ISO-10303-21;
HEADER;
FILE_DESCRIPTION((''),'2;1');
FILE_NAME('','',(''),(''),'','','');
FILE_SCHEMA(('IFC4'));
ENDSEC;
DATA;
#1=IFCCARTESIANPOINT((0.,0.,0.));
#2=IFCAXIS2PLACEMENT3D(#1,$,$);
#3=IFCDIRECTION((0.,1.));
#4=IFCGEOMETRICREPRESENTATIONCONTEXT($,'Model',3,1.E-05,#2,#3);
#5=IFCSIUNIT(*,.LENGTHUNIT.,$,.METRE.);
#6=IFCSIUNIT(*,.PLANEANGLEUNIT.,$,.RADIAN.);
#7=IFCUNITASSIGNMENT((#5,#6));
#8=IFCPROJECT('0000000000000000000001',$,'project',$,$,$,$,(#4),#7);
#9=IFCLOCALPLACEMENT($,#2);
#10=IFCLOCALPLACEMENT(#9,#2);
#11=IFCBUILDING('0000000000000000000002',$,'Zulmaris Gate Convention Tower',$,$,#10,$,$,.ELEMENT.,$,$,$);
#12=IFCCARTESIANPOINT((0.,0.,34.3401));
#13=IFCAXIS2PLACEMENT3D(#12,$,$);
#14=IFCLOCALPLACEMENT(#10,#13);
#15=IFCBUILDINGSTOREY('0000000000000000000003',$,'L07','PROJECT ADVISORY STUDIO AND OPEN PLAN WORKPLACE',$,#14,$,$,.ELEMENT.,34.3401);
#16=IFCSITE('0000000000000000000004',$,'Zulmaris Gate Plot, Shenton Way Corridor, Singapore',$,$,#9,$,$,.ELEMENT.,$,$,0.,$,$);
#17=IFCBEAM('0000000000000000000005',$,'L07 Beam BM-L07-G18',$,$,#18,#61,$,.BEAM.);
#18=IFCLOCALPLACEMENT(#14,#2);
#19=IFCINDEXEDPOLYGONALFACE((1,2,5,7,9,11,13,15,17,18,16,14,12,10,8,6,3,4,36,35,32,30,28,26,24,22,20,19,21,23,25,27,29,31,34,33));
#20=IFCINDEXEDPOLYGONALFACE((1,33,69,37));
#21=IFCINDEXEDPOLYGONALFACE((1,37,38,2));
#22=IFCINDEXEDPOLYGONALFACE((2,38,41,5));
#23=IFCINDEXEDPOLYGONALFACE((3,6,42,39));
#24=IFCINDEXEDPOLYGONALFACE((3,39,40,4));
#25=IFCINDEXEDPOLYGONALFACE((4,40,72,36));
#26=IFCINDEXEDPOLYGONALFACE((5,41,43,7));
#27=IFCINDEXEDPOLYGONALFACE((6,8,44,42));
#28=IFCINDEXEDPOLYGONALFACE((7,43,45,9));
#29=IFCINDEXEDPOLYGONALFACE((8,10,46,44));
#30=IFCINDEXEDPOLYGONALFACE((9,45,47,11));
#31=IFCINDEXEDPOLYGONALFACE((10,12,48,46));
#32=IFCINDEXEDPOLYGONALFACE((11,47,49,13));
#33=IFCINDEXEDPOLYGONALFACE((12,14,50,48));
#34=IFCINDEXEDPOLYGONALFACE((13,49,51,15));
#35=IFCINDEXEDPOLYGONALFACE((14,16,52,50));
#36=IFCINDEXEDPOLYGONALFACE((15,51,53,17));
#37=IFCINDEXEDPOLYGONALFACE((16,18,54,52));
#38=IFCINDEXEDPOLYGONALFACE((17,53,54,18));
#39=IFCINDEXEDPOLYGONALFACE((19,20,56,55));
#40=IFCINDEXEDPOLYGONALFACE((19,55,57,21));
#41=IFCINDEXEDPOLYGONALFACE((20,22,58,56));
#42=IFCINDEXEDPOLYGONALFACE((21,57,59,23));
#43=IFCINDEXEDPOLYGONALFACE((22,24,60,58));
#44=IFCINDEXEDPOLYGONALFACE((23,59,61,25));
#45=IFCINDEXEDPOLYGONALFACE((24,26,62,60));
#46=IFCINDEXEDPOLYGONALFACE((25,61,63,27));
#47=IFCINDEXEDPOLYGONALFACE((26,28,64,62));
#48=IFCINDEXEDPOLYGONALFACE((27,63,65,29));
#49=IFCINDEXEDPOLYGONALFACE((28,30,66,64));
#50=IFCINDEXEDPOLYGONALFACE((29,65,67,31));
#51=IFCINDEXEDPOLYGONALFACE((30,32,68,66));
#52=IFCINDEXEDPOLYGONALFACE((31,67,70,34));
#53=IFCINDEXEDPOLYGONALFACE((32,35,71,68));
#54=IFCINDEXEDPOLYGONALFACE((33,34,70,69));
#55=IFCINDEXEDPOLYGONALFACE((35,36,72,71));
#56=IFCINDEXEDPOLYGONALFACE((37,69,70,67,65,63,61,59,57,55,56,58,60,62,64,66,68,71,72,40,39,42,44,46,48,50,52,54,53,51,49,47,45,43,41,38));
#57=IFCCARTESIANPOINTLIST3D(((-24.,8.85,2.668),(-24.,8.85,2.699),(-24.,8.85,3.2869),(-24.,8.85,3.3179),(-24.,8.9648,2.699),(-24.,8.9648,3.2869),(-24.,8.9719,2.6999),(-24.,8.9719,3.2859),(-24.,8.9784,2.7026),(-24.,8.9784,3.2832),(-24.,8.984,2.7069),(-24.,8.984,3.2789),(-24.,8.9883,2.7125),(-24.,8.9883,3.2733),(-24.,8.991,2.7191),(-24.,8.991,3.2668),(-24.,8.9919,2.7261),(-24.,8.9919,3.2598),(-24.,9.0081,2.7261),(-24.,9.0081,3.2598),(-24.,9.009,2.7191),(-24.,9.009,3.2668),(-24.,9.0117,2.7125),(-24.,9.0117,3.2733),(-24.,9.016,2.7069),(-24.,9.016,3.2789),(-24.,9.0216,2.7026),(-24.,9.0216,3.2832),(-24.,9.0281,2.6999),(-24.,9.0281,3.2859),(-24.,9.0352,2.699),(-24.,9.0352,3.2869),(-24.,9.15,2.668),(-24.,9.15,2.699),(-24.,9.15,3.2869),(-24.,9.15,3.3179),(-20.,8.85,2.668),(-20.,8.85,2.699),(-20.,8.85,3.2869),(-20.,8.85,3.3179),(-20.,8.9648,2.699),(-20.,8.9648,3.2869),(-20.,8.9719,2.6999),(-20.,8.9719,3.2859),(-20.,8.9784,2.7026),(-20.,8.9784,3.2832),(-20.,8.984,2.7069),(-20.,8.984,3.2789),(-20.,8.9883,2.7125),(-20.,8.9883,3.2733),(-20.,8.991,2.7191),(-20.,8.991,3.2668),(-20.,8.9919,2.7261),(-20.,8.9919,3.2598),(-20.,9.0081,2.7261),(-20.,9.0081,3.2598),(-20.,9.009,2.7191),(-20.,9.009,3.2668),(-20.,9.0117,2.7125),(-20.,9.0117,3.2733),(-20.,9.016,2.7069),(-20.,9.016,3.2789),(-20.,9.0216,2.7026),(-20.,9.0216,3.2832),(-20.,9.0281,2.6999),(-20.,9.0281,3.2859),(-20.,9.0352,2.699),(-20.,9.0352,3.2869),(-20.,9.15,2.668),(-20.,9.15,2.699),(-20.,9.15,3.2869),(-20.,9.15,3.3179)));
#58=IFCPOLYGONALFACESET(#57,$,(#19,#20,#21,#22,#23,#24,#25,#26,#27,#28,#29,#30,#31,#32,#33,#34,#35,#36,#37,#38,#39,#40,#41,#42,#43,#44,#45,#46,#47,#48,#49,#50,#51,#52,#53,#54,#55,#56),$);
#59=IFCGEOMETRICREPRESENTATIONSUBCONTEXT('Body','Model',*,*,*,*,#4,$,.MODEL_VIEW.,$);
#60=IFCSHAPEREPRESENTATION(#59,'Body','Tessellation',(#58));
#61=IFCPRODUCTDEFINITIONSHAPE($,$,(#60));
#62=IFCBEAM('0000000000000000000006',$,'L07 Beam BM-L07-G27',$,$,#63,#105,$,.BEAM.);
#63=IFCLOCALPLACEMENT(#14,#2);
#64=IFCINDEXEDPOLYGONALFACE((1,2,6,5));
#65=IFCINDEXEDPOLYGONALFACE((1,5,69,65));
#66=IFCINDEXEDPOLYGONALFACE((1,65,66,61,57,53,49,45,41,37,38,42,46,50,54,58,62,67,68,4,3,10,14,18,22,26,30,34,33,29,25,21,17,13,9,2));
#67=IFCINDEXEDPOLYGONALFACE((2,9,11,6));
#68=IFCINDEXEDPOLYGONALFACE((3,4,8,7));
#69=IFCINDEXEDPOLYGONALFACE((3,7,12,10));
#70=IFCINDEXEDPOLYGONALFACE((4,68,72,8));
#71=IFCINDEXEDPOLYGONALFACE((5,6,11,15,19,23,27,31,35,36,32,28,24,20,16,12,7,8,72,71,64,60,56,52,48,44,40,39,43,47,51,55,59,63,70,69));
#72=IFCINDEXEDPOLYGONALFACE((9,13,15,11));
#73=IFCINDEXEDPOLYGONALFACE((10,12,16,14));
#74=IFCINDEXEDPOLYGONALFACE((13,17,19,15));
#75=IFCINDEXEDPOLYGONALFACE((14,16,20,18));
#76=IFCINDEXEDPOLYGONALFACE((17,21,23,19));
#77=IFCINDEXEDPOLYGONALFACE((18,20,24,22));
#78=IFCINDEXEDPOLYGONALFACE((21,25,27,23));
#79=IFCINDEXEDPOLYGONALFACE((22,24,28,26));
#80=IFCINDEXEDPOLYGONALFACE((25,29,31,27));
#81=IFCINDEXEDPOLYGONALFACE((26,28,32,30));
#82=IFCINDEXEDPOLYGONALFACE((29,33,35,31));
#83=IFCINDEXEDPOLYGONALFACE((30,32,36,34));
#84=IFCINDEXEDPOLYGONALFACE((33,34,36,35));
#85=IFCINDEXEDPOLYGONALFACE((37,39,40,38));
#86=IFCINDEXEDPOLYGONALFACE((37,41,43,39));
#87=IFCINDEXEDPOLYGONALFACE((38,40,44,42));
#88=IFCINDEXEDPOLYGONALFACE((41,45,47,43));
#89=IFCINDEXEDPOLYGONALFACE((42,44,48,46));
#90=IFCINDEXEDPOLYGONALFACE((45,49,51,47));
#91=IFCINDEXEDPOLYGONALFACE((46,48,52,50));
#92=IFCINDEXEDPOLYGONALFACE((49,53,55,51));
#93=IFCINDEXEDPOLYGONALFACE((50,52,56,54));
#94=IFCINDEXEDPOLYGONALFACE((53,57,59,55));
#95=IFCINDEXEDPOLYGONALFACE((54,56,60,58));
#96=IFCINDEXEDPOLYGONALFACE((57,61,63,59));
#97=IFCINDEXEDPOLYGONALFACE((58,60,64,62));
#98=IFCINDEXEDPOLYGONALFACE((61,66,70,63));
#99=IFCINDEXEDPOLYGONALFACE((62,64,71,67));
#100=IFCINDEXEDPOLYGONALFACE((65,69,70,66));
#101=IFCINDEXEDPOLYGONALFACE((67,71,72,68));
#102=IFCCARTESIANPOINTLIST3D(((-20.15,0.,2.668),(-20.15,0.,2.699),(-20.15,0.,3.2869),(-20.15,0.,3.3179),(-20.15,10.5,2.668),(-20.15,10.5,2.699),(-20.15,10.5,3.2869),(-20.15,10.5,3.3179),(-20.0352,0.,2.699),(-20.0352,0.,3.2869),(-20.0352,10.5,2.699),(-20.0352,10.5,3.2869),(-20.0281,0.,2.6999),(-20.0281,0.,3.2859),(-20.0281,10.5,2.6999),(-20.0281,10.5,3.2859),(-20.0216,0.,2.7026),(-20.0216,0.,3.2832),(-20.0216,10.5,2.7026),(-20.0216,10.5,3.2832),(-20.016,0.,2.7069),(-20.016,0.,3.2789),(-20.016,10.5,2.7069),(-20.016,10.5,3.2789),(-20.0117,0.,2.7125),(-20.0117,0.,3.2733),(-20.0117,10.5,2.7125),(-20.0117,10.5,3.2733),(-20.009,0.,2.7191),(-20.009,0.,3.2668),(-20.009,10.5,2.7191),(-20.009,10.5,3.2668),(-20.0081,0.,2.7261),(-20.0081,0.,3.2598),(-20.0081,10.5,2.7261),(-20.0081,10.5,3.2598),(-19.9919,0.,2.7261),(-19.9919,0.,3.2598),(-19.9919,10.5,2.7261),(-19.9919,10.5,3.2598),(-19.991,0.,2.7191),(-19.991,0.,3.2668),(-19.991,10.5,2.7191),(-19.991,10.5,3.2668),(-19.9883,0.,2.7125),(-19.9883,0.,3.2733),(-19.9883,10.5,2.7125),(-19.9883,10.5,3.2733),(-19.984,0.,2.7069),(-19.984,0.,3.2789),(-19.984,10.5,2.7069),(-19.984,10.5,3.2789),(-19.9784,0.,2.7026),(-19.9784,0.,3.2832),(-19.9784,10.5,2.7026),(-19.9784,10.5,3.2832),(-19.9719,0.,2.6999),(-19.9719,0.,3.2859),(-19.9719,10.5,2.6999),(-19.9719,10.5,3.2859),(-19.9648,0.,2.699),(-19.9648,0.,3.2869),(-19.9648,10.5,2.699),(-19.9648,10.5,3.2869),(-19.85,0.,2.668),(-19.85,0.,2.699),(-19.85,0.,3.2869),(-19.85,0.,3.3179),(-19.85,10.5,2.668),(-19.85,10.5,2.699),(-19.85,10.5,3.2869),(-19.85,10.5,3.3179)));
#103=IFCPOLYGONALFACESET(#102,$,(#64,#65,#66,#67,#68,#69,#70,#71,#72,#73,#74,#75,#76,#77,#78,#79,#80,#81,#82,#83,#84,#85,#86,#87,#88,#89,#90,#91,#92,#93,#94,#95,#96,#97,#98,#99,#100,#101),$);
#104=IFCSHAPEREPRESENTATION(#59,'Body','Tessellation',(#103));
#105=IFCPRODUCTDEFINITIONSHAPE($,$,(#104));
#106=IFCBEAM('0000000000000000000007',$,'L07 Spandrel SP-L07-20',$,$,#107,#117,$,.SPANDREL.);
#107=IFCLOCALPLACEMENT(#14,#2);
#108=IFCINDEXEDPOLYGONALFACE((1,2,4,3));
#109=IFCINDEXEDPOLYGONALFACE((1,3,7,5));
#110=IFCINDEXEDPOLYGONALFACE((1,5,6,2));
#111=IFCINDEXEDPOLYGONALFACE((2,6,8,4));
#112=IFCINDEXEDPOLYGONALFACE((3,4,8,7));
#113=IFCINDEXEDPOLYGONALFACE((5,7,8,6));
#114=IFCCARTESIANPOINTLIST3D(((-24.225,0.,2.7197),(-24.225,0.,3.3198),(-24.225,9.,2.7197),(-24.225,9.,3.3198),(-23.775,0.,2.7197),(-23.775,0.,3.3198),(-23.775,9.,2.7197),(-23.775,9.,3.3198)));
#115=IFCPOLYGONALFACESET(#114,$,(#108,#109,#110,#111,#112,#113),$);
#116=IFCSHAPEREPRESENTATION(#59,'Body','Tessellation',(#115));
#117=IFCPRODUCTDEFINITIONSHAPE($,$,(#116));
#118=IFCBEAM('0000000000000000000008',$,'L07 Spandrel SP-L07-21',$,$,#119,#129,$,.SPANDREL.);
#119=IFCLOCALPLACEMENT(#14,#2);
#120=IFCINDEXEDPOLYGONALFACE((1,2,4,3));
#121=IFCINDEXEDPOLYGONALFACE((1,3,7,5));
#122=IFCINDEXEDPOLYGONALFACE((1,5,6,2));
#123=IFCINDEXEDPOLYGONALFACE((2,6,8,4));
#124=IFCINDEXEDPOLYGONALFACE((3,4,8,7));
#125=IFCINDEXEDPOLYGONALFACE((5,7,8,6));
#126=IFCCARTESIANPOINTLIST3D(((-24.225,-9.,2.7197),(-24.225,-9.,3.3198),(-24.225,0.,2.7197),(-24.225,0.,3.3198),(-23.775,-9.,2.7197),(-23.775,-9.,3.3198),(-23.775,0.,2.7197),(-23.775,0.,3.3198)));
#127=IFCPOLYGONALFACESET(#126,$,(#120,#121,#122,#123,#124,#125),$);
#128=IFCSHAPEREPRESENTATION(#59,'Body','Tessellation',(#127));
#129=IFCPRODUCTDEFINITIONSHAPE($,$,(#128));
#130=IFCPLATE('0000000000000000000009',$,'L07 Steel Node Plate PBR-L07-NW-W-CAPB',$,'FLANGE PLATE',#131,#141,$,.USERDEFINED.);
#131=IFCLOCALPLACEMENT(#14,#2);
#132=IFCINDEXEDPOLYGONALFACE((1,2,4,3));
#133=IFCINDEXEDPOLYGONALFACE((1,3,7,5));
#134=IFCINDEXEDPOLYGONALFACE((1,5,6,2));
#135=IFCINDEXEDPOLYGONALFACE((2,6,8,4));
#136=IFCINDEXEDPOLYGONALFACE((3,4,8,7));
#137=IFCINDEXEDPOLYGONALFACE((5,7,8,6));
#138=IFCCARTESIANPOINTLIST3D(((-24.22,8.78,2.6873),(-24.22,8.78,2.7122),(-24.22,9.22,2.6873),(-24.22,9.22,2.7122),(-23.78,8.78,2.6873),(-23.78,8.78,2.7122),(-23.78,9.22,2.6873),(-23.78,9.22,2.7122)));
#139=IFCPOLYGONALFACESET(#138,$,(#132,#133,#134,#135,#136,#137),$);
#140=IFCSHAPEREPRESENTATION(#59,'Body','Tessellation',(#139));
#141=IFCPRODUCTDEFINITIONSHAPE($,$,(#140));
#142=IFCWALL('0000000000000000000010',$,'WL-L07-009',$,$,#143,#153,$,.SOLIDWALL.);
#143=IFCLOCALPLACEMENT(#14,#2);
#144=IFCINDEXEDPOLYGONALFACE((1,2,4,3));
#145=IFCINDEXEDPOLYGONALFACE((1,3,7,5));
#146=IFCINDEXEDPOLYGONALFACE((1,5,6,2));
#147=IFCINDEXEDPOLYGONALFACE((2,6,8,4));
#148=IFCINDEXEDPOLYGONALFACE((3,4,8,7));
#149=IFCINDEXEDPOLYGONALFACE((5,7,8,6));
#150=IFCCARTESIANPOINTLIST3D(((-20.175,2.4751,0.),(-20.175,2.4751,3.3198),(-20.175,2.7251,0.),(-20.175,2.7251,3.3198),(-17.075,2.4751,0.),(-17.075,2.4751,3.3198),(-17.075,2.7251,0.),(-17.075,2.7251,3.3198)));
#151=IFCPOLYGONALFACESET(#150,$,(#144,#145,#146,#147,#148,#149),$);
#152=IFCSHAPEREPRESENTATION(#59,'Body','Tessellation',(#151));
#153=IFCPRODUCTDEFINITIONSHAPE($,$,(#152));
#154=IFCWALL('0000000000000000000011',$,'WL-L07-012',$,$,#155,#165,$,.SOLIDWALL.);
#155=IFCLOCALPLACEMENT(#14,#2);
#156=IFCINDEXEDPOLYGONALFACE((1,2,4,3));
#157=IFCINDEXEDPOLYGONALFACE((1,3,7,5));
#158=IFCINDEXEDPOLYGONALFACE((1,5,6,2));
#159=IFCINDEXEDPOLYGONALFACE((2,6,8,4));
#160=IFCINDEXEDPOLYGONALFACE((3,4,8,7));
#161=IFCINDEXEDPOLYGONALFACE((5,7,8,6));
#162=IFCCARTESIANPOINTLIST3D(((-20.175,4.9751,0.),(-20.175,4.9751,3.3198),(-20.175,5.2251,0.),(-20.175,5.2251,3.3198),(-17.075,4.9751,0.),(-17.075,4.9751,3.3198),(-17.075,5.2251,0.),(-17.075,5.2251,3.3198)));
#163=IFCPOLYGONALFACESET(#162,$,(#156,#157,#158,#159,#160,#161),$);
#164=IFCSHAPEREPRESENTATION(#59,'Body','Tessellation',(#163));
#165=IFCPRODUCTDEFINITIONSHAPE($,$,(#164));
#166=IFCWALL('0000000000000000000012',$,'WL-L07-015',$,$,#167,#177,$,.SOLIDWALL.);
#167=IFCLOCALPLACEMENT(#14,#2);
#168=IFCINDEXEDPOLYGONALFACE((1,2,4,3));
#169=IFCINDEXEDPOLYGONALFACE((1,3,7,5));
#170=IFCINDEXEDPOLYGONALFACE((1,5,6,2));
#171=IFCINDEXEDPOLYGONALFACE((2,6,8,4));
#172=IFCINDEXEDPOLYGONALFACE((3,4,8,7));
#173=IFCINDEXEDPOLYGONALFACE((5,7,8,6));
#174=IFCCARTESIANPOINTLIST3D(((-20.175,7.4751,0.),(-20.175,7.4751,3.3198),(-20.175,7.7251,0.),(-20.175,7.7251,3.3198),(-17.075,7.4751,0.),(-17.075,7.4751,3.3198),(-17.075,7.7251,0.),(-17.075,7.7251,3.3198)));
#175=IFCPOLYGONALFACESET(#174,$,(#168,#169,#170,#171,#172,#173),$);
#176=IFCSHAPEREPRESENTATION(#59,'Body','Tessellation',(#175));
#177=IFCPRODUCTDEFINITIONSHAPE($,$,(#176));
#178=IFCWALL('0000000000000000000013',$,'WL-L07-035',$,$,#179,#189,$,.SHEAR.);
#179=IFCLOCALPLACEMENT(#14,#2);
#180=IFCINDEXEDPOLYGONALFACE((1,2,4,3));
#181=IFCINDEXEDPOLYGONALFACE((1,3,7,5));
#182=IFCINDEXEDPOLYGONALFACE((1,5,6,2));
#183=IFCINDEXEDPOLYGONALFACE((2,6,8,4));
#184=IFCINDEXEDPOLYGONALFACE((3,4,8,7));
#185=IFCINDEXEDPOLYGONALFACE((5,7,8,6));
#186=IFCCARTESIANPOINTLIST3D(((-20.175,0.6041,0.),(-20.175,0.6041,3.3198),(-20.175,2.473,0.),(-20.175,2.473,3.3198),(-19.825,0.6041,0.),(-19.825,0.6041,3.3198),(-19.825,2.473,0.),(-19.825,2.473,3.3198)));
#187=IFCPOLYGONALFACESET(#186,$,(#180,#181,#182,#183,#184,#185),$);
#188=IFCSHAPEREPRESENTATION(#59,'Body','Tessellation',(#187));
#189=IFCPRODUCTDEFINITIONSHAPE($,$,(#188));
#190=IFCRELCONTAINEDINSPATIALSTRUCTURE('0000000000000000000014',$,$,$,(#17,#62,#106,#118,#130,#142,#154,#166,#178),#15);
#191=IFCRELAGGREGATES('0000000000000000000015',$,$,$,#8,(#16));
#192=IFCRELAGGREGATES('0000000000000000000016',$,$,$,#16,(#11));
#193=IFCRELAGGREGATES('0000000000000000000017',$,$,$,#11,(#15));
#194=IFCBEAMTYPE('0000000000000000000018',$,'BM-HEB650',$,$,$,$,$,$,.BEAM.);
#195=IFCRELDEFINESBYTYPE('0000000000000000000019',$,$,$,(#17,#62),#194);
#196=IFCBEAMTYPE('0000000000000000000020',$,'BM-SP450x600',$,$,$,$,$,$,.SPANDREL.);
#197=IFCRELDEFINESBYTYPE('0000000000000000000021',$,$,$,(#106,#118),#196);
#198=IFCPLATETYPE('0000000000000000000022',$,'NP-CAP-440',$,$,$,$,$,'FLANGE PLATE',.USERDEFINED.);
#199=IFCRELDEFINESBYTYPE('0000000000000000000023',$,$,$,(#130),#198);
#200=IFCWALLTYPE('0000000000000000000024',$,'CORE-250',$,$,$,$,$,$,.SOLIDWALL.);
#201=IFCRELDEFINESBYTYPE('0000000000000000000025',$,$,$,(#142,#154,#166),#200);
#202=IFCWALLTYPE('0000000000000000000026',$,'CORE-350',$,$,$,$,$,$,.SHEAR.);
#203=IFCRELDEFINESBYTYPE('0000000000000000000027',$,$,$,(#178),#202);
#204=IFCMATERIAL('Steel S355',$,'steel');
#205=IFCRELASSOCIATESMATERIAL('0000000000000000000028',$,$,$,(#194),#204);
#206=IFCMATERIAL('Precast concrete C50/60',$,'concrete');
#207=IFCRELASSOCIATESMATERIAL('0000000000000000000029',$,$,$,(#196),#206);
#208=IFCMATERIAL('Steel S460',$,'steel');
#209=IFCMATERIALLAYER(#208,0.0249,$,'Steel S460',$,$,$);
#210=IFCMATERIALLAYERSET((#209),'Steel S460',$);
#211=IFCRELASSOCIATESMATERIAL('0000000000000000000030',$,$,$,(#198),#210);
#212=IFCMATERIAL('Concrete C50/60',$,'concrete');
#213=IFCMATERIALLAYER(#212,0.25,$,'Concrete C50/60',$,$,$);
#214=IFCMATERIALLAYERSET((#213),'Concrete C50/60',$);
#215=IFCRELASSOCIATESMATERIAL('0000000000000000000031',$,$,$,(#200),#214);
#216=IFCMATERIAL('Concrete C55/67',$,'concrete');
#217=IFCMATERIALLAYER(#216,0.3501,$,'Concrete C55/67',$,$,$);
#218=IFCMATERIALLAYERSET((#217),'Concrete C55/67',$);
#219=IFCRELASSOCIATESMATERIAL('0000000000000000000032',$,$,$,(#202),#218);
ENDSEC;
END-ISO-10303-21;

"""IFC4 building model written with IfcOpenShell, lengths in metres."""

from ifc_helpers import new_model, si_unit, direction, frame, frame_2d, origin, origin_2d, place, context, subcontext, project, spatial, rectangle, i_section, extrude, material, layer, layer_set, material_profile, profile_set, type_object, element, save


model = new_model("IFC4")

# Units and contexts
model_context = context("Model", 3, precision=1e-05, world=origin(), true_north=direction((0.0, 1.0)))
body_context = subcontext(model_context, "Body", "Model", "MODEL_VIEW")
ifc_project = project(units=[si_unit("LENGTHUNIT", "METRE"), si_unit("PLANEANGLEUNIT", "RADIAN")], contexts=[model_context])

# Site, building, storey
site_placement = place(None, origin())
site = spatial("IfcSite", under=ifc_project, at=site_placement, Name="Zulmaris Gate Plot, Shenton Way Corridor, Singapore", CompositionType="ELEMENT", RefElevation=0.0)
building_placement = place(site_placement, origin())
building = spatial("IfcBuilding", under=site, at=building_placement, Name="Zulmaris Gate Convention Tower", CompositionType="ELEMENT")
storey_placement = place(building_placement, frame((0.0, 0.0, 34.3401)))
storey = spatial("IfcBuildingStorey", under=building, at=storey_placement, Name="L07", Description="PROJECT ADVISORY STUDIO AND OPEN PLAN WORKPLACE", CompositionType="ELEMENT", Elevation=34.3401)

# Beams
ifc_material_1 = material(Name="Steel S355", Category="steel")
ifc_material_profile_1 = material_profile(ifc_material_1, i_section(OverallWidth=0.3, OverallDepth=0.6499, WebThickness=0.0161, FlangeThickness=0.031, FilletRadius=0.0271, at=origin_2d()), Name="HEB 650")
ifc_profile_set_1 = profile_set([ifc_material_profile_1], Name="Steel S355")
beam_type_1 = type_object("IfcBeamType", Name="BM-HEB650", PredefinedType="BEAM", material=ifc_profile_set_1)
for number, where, z_axis, x_axis, name in (
    (1, (-24.0, 9.0, 2.9929), (1.0, 0.0, 0.0), (0.0, 1.0, 0.0), "L07 Beam BM-L07-G18"),
):
    element("IfcBeam", number, at=place(storey_placement, frame(where, z_axis=z_axis, x_axis=x_axis)), inside=storey, type_object=beam_type_1, Name=name, PredefinedType="BEAM", context=body_context, shape_type="SweptSolid", body=[
        extrude(i_section(OverallWidth=0.3, OverallDepth=0.6499, WebThickness=0.0161, FlangeThickness=0.031, FilletRadius=0.0271, at=origin_2d()), origin(), (0.0, 0.0, 1.0), 4.0),
    ])
beam_placement = place(storey_placement, frame((-20.0, 0.0, 2.9929), z_axis=(0.0, 1.0, 0.0), x_axis=(-1.0, 0.0, 0.0)))
element("IfcBeam", 2, at=beam_placement, inside=storey, type_object=beam_type_1, Name="L07 Beam BM-L07-G27", PredefinedType="BEAM", context=body_context, shape_type="SweptSolid", body=[
    extrude(i_section(OverallWidth=0.3, OverallDepth=0.6499, WebThickness=0.0161, FlangeThickness=0.031, FilletRadius=0.0271, at=origin_2d()), origin(), (0.0, 0.0, 1.0), 10.5),
])
ifc_material_2 = material(Name="Precast concrete C50/60", Category="concrete")
ifc_material_profile_2 = material_profile(ifc_material_2, rectangle(XDim=0.45, YDim=0.6001, at=origin_2d()), Name="RC SPANDREL 450x600")
ifc_profile_set_2 = profile_set([ifc_material_profile_2], Name="Precast concrete C50/60")
beam_type_2 = type_object("IfcBeamType", Name="BM-SP450x600", PredefinedType="SPANDREL", material=ifc_profile_set_2)
for number, where, z_axis, x_axis, name in (
    (3, (-24.0, 9.0, 3.0198), (0.0, -1.0, 0.0), (1.0, 0.0, 0.0), "L07 Spandrel SP-L07-20"),
    (4, (-24.0, 0.0, 3.0198), (0.0, -1.0, 0.0), (1.0, 0.0, 0.0), "L07 Spandrel SP-L07-21"),
):
    element("IfcBeam", number, at=place(storey_placement, frame(where, z_axis=z_axis, x_axis=x_axis)), inside=storey, type_object=beam_type_2, Name=name, PredefinedType="SPANDREL", context=body_context, shape_type="SweptSolid", body=[
        extrude(rectangle(XDim=0.45, YDim=0.6001, at=origin_2d()), origin(), (0.0, 0.0, 1.0), 9.0),
    ])

# Plate
ifc_material_3 = material(Name="Steel S460", Category="steel")
ifc_layer_1 = layer(ifc_material_3, 0.0249, Name="Steel S460")
ifc_layer_set_1 = layer_set([ifc_layer_1], Name="Steel S460")
plate_type = type_object("IfcPlateType", Name="NP-CAP-440", ElementType="FLANGE PLATE", PredefinedType="USERDEFINED", material=ifc_layer_set_1)
plate_placement = place(storey_placement, frame((-24.0, 9.0, 2.6873), z_axis=(0.0, 0.0, 1.0), x_axis=(1.0, 0.0, 0.0)))
element("IfcPlate", 5, at=plate_placement, inside=storey, type_object=plate_type, Name="L07 Steel Node Plate PBR-L07-NW-W-CAPB", ObjectType="FLANGE PLATE", PredefinedType="USERDEFINED", context=body_context, shape_type="SweptSolid", body=[
    extrude(rectangle(XDim=0.4399, YDim=0.4399, at=origin_2d()), origin(), (0.0, 0.0, 1.0), 0.0249),
])

# Walls
ifc_material_4 = material(Name="Concrete C50/60", Category="concrete")
ifc_layer_2 = layer(ifc_material_4, 0.25, Name="Concrete C50/60")
ifc_layer_set_2 = layer_set([ifc_layer_2], Name="Concrete C50/60")
wall_type_1 = type_object("IfcWallType", Name="CORE-250", PredefinedType="SOLIDWALL", material=ifc_layer_set_2)
for number, where, z_axis, x_axis, name in (
    (6, (-20.175, 2.6001, 0.0), (0.0, 0.0, 1.0), (1.0, 0.0, 0.0), "WL-L07-009"),
    (7, (-20.175, 5.1001, 0.0), (0.0, 0.0, 1.0), (1.0, 0.0, 0.0), "WL-L07-012"),
    (8, (-20.175, 7.6001, 0.0), (0.0, 0.0, 1.0), (1.0, 0.0, 0.0), "WL-L07-015"),
):
    element("IfcWall", number, at=place(storey_placement, frame(where, z_axis=z_axis, x_axis=x_axis)), inside=storey, type_object=wall_type_1, Name=name, PredefinedType="SOLIDWALL", context=body_context, shape_type="SweptSolid", body=[
        extrude(rectangle(XDim=3.1001, YDim=0.25, at=frame_2d((1.55, 0.0))), origin(), (0.0, 0.0, 1.0), 3.3198),
    ])
ifc_material_5 = material(Name="Concrete C55/67", Category="concrete")
ifc_layer_3 = layer(ifc_material_5, 0.3501, Name="Concrete C55/67")
ifc_layer_set_3 = layer_set([ifc_layer_3], Name="Concrete C55/67")
wall_type_2 = type_object("IfcWallType", Name="CORE-350", PredefinedType="SHEAR", material=ifc_layer_set_3)
wall_1_placement = place(storey_placement, frame((-20.0, 0.604, 0.0), z_axis=(0.0, 0.0, 1.0), x_axis=(0.0, 1.0, 0.0)))
element("IfcWall", 9, at=wall_1_placement, inside=storey, type_object=wall_type_2, Name="WL-L07-035", PredefinedType="SHEAR", context=body_context, shape_type="SweptSolid", body=[
    extrude(rectangle(XDim=1.8689, YDim=0.3501, at=frame_2d((0.9346, 0.0))), origin(), (0.0, 0.0, 1.0), 3.3198),
])

save(model, "model.ifc")
